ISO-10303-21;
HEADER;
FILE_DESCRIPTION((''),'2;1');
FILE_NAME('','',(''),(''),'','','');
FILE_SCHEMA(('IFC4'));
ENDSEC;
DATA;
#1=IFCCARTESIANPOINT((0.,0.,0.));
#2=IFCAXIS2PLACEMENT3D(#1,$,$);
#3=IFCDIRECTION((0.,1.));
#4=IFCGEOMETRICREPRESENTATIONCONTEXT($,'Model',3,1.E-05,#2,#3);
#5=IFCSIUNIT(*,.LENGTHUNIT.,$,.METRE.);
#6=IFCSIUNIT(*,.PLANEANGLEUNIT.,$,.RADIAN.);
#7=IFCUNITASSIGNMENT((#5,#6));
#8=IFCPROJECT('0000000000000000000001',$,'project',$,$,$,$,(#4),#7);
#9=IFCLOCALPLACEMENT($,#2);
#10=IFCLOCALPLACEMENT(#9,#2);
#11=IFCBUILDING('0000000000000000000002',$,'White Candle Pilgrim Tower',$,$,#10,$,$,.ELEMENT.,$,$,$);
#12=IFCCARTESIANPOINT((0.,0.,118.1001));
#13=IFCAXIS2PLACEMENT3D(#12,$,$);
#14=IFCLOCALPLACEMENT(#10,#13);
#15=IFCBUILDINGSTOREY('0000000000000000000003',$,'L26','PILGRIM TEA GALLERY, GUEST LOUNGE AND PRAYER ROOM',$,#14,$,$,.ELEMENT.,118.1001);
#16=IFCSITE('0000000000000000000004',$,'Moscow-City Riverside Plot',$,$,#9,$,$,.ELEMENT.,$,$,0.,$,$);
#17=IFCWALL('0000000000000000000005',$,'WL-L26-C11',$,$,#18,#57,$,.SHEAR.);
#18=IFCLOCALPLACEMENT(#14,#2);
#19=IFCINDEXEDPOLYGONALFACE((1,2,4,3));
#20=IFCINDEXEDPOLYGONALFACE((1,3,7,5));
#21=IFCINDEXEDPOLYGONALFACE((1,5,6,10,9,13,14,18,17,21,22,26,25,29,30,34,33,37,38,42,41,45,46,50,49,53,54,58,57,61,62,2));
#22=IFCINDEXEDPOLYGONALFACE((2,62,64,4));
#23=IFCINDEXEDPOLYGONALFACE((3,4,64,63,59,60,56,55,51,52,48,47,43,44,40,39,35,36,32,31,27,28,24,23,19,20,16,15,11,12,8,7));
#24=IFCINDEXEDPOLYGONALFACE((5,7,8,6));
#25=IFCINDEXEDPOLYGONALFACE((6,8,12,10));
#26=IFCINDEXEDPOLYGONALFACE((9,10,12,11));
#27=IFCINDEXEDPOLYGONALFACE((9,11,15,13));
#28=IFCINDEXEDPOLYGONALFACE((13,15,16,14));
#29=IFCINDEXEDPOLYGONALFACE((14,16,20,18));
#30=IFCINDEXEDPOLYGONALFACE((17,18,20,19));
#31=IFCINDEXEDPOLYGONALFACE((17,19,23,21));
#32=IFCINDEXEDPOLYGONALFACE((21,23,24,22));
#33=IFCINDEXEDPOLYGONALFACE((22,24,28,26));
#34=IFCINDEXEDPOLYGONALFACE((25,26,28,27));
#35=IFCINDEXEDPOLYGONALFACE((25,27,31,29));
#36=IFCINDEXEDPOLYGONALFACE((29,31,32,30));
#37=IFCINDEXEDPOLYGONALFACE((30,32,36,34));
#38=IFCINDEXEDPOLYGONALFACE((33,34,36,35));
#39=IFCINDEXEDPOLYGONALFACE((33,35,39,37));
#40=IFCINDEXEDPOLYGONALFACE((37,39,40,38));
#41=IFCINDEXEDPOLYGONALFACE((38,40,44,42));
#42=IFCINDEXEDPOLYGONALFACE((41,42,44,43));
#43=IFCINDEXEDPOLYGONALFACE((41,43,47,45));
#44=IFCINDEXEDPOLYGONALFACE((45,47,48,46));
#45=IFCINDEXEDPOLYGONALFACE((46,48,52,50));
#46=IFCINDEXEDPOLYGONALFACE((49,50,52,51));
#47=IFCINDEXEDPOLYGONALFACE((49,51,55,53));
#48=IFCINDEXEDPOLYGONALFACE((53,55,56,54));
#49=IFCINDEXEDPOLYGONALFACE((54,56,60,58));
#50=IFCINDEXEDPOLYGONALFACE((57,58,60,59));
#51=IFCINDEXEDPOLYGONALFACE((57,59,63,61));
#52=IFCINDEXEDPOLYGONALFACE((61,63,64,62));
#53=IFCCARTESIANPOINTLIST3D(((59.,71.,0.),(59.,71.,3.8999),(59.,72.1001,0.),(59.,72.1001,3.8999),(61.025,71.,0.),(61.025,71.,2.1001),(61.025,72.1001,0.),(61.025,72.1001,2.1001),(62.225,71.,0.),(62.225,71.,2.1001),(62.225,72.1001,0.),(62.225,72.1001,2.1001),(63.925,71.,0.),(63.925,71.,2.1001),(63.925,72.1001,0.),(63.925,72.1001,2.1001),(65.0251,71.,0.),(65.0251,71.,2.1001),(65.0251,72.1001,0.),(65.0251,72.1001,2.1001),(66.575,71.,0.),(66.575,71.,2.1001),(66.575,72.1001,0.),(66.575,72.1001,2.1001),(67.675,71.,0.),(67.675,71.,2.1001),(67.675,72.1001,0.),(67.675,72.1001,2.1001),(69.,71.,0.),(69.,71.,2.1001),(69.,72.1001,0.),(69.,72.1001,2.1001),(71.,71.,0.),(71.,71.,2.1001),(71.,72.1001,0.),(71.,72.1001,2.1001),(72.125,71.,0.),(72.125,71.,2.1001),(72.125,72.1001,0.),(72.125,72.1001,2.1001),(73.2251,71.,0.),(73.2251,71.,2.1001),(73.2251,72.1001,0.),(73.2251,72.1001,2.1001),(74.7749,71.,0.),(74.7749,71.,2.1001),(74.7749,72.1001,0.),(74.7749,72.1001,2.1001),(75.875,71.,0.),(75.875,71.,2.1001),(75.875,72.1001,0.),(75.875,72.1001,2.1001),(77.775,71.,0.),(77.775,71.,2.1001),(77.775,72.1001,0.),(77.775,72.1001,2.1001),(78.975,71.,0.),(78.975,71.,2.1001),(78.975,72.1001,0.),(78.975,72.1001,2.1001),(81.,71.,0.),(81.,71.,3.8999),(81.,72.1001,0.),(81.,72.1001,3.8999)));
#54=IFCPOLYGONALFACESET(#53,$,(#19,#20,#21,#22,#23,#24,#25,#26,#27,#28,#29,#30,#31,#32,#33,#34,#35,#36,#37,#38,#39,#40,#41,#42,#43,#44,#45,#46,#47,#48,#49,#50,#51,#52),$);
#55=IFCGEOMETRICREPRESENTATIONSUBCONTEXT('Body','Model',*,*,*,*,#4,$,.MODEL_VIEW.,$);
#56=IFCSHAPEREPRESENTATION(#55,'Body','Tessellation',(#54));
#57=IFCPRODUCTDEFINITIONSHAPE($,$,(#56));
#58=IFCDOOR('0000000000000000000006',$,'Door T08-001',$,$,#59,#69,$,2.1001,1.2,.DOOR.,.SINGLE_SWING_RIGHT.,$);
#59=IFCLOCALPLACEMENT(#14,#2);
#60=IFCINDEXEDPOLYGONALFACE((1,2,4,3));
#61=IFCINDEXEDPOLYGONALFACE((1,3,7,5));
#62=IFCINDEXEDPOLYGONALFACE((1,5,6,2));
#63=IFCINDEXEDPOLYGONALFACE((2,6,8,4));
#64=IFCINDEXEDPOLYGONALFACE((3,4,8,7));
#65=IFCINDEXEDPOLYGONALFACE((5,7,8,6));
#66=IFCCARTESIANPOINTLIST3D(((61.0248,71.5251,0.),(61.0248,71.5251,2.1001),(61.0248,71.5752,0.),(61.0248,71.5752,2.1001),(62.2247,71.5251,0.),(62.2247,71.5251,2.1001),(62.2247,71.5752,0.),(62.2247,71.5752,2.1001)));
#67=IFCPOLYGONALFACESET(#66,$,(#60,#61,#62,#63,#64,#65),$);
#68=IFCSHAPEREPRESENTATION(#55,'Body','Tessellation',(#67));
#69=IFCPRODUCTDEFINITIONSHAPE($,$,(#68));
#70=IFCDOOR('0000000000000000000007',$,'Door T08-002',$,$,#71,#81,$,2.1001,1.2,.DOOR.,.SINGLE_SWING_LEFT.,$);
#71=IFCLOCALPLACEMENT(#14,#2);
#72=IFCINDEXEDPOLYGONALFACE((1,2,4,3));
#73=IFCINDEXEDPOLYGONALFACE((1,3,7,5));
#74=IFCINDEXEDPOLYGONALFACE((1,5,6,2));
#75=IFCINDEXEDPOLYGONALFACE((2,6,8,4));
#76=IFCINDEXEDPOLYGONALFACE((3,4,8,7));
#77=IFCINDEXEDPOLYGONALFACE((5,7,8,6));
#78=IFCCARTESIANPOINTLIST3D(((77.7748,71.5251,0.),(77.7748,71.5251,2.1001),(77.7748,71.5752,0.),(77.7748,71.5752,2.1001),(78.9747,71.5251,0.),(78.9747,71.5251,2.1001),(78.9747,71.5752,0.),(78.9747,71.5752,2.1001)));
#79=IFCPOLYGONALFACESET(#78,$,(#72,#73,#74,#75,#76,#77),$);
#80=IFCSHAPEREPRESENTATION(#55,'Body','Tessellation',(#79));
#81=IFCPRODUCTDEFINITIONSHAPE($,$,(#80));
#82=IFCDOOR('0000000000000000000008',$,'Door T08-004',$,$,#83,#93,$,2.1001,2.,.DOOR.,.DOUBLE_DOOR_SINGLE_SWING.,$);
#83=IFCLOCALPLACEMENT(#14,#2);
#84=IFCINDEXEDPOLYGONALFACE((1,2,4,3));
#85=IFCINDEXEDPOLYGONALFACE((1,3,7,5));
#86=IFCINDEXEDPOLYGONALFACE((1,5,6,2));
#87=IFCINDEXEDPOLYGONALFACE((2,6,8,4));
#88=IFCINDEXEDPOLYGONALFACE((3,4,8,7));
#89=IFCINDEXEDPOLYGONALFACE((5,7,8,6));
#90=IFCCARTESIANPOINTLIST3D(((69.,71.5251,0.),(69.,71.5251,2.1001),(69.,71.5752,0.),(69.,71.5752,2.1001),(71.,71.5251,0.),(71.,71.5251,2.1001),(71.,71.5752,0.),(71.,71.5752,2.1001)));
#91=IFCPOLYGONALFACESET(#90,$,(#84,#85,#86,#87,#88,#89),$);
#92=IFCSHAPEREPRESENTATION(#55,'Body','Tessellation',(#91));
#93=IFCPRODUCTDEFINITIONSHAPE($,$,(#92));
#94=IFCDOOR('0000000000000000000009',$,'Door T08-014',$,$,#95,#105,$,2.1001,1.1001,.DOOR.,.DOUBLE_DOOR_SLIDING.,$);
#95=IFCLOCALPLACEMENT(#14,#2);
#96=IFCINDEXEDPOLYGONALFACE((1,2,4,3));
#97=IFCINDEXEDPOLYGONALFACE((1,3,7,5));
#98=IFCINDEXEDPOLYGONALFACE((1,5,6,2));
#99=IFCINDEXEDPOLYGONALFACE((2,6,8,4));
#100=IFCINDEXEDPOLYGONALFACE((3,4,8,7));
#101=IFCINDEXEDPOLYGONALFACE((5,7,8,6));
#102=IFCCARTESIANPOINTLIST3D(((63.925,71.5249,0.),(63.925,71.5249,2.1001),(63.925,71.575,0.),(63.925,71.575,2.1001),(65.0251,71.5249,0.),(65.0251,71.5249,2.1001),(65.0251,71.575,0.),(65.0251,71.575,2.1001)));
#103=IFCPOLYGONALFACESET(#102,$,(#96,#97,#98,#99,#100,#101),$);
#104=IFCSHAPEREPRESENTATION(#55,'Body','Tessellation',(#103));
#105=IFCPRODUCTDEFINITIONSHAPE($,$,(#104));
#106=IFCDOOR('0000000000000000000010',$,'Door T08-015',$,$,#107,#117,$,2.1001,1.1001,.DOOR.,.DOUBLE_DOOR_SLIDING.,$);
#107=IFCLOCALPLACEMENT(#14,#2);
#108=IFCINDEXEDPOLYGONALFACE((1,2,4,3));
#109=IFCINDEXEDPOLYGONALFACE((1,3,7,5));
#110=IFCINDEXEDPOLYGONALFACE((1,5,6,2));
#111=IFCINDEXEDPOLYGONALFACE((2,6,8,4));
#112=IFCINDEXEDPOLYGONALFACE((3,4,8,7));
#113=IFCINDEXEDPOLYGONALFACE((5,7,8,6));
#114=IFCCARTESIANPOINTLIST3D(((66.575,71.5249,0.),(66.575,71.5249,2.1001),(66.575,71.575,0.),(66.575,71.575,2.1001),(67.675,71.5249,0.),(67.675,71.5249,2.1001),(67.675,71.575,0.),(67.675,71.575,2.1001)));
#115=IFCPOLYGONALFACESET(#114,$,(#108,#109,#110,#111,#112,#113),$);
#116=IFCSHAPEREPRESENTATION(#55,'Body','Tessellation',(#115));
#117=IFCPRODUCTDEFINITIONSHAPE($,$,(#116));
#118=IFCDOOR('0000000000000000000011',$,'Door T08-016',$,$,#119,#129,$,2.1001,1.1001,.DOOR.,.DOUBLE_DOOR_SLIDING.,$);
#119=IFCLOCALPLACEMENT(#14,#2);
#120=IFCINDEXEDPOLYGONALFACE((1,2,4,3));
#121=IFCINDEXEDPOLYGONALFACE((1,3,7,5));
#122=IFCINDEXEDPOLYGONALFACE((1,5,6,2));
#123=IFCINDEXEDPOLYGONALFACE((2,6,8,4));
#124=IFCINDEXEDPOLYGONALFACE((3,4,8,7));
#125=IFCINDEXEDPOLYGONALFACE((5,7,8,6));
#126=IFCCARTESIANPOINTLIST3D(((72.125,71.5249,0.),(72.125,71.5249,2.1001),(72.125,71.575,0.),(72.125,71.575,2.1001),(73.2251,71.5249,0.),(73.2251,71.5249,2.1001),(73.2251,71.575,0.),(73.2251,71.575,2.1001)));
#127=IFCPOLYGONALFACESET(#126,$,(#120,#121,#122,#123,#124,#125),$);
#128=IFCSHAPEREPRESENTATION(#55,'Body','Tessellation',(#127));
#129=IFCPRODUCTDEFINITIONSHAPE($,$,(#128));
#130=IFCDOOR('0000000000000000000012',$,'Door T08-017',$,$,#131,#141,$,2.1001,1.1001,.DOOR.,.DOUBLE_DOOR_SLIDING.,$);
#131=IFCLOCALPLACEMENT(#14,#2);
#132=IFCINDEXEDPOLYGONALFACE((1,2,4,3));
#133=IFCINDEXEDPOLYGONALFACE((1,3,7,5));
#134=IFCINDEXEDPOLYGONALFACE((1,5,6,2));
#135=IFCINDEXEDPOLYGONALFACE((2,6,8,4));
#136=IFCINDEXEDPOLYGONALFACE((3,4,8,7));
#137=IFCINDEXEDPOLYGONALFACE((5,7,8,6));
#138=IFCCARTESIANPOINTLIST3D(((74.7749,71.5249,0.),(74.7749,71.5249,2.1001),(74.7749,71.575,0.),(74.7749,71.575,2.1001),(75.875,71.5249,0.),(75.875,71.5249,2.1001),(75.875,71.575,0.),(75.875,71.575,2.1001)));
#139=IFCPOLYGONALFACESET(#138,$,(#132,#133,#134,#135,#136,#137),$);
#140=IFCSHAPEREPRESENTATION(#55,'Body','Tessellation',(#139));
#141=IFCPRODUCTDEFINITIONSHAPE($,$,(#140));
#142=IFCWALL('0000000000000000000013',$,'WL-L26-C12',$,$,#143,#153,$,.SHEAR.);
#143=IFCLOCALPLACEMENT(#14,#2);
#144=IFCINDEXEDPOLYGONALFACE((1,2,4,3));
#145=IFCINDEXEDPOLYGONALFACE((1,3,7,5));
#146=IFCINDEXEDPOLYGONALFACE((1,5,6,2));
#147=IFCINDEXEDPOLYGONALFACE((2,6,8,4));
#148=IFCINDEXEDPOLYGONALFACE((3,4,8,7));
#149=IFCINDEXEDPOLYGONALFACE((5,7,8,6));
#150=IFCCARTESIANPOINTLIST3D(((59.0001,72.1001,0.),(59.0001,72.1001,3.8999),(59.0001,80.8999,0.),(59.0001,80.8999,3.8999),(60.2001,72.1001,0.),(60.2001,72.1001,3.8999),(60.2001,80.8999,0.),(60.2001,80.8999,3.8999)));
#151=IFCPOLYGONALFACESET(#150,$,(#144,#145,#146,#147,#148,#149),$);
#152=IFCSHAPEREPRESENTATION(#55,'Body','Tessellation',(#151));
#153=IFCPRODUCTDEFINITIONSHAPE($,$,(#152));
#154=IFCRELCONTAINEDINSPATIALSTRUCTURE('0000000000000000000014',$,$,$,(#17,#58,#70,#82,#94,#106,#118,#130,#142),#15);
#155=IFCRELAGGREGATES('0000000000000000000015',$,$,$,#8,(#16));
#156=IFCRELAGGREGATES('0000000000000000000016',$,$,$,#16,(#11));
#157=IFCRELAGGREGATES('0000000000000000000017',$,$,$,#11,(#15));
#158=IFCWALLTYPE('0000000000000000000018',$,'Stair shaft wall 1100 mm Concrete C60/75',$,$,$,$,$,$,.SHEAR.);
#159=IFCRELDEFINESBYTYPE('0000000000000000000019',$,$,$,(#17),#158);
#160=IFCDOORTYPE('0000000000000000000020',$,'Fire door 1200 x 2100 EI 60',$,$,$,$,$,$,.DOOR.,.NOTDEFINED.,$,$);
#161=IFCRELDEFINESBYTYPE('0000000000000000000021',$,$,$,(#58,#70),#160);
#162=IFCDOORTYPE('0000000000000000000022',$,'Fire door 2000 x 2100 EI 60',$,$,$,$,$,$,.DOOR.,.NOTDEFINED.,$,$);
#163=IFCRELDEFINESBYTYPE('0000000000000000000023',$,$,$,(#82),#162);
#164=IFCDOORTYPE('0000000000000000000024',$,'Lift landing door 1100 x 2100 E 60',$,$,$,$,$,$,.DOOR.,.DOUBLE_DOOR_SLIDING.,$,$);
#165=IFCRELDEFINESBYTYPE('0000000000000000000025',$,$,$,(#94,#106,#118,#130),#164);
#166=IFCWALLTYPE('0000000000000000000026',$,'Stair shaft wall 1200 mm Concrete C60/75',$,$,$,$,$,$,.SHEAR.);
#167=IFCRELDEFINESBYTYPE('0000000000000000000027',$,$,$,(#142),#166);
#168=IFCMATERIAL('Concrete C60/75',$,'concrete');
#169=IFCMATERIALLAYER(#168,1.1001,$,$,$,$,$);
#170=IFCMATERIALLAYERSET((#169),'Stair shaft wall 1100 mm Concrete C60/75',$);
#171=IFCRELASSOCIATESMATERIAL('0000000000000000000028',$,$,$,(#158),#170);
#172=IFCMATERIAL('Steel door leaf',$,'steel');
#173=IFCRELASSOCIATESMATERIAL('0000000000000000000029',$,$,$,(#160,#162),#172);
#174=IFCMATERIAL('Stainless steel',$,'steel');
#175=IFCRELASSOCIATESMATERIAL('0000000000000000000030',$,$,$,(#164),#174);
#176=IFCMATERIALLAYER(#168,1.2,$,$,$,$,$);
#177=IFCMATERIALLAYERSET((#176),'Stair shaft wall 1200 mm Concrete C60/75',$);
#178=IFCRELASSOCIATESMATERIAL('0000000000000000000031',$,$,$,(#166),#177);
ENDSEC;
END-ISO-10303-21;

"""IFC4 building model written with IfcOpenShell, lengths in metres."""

from ifc_helpers import new_model, si_unit, direction, frame, frame_2d, origin, place, context, subcontext, project, spatial, rectangle, extrude, material, layer, layer_set, type_object, element, fill, save


model = new_model("IFC4")

# Units and contexts
model_context = context("Model", 3, precision=1e-05, world=origin(), true_north=direction((0.0, 1.0)))
body_context = subcontext(model_context, "Body", "Model", "MODEL_VIEW")
ifc_project = project(units=[si_unit("LENGTHUNIT", "METRE"), si_unit("PLANEANGLEUNIT", "RADIAN")], contexts=[model_context])

# Site, building, storey
site_placement = place(None, origin())
site = spatial("IfcSite", under=ifc_project, at=site_placement, Name="Moscow-City Riverside Plot", CompositionType="ELEMENT", RefElevation=0.0)
building_placement = place(site_placement, origin())
building = spatial("IfcBuilding", under=site, at=building_placement, Name="White Candle Pilgrim Tower", CompositionType="ELEMENT")
storey_placement = place(building_placement, frame((0.0, 0.0, 118.1001)))
storey = spatial("IfcBuildingStorey", under=building, at=storey_placement, Name="L26", Description="PILGRIM TEA GALLERY, GUEST LOUNGE AND PRAYER ROOM", CompositionType="ELEMENT", Elevation=118.1001)

# Shared definitions
ifc_material_1 = material(Name="Steel door leaf", Category="steel")

# Shared definitions
ifc_material_2 = material(Name="Concrete C60/75", Category="concrete")

# Wall, openings, doors
ifc_layer_1 = layer(ifc_material_2, 1.1001)
ifc_layer_set_1 = layer_set([ifc_layer_1], Name="Stair shaft wall 1100 mm Concrete C60/75")
wall_type_1 = type_object("IfcWallType", Name="Stair shaft wall 1100 mm Concrete C60/75", PredefinedType="SHEAR", material=ifc_layer_set_1)
wall_1_placement = place(storey_placement, frame((59.0, 71.55, 0.0), z_axis=(0.0, 0.0, 1.0), x_axis=(1.0, 0.0, 0.0)))
wall_1 = element("IfcWall", 1, at=wall_1_placement, inside=storey, type_object=wall_type_1, Name="WL-L26-C11", PredefinedType="SHEAR", context=body_context, shape_type="SweptSolid", body=[
    extrude(rectangle(XDim=22.0, YDim=1.1001, at=frame_2d((11.0, 0.0))), origin(), (0.0, 0.0, 1.0), 3.8999),
])
opening_1_placement = place(wall_1_placement, frame((2.0249, 0.0, 0.0)))
opening_1 = element("IfcOpeningElement", 2, at=opening_1_placement, cuts=wall_1, PredefinedType="OPENING", context=body_context, shape_type="SweptSolid", body=[
    extrude(rectangle(XDim=1.2, YDim=2.1001, at=frame_2d((0.6001, 1.05))), frame((0.0, 0.5601, 0.0), z_axis=(0.0, -1.0, 0.0), x_axis=(1.0, 0.0, 0.0)), (0.0, 0.0, 1.0), 1.1201),
])
opening_2_placement = place(wall_1_placement, frame((18.7749, 0.0, 0.0)))
opening_2 = element("IfcOpeningElement", 3, at=opening_2_placement, cuts=wall_1, PredefinedType="OPENING", context=body_context, shape_type="SweptSolid", body=[
    extrude(rectangle(XDim=1.2, YDim=2.1001, at=frame_2d((0.6001, 1.05))), frame((0.0, 0.5601, 0.0), z_axis=(0.0, -1.0, 0.0), x_axis=(1.0, 0.0, 0.0)), (0.0, 0.0, 1.0), 1.1201),
])
opening_3_placement = place(wall_1_placement, frame((10.0, 0.0, 0.0)))
opening_3 = element("IfcOpeningElement", 4, at=opening_3_placement, cuts=wall_1, PredefinedType="OPENING", context=body_context, shape_type="SweptSolid", body=[
    extrude(rectangle(XDim=2.0, YDim=2.1001, at=frame_2d((1.0, 1.05))), frame((0.0, 0.5601, 0.0), z_axis=(0.0, -1.0, 0.0), x_axis=(1.0, 0.0, 0.0)), (0.0, 0.0, 1.0), 1.1201),
])
opening_4_placement = place(wall_1_placement, frame((4.925, 0.0, 0.0)))
opening_4 = element("IfcOpeningElement", 5, at=opening_4_placement, cuts=wall_1, PredefinedType="OPENING", context=body_context, shape_type="SweptSolid", body=[
    extrude(rectangle(XDim=1.1001, YDim=2.1001, at=frame_2d((0.55, 1.05))), frame((0.0, 0.5601, 0.0), z_axis=(0.0, -1.0, 0.0), x_axis=(1.0, 0.0, 0.0)), (0.0, 0.0, 1.0), 1.1201),
])
opening_5_placement = place(wall_1_placement, frame((7.575, 0.0, 0.0)))
opening_5 = element("IfcOpeningElement", 6, at=opening_5_placement, cuts=wall_1, PredefinedType="OPENING", context=body_context, shape_type="SweptSolid", body=[
    extrude(rectangle(XDim=1.1001, YDim=2.1001, at=frame_2d((0.55, 1.05))), frame((0.0, 0.5601, 0.0), z_axis=(0.0, -1.0, 0.0), x_axis=(1.0, 0.0, 0.0)), (0.0, 0.0, 1.0), 1.1201),
])
opening_6_placement = place(wall_1_placement, frame((13.125, 0.0, 0.0)))
opening_6 = element("IfcOpeningElement", 7, at=opening_6_placement, cuts=wall_1, PredefinedType="OPENING", context=body_context, shape_type="SweptSolid", body=[
    extrude(rectangle(XDim=1.1001, YDim=2.1001, at=frame_2d((0.55, 1.05))), frame((0.0, 0.5601, 0.0), z_axis=(0.0, -1.0, 0.0), x_axis=(1.0, 0.0, 0.0)), (0.0, 0.0, 1.0), 1.1201),
])
opening_7_placement = place(wall_1_placement, frame((15.7749, 0.0, 0.0)))
opening_7 = element("IfcOpeningElement", 8, at=opening_7_placement, cuts=wall_1, PredefinedType="OPENING", context=body_context, shape_type="SweptSolid", body=[
    extrude(rectangle(XDim=1.1001, YDim=2.1001, at=frame_2d((0.55, 1.05))), frame((0.0, 0.5601, 0.0), z_axis=(0.0, -1.0, 0.0), x_axis=(1.0, 0.0, 0.0)), (0.0, 0.0, 1.0), 1.1201),
])
door_type_1 = type_object("IfcDoorType", Name="Fire door 1200 x 2100 EI 60", OperationType="NOTDEFINED", PredefinedType="DOOR", material=ifc_material_1)
door_1_placement = place(opening_1_placement, frame((1.2, 0.0, 0.0), z_axis=(0.0, 0.0, 1.0), x_axis=(-1.0, 0.0, 0.0)))
door_1 = element("IfcDoor", 9, at=door_1_placement, inside=storey, type_object=door_type_1, Name="Door T08-001", OperationType="SINGLE_SWING_RIGHT", OverallHeight=2.1001, OverallWidth=1.2, PredefinedType="DOOR", context=body_context, shape_type="SweptSolid", body=[
    extrude(rectangle(XDim=1.2, YDim=2.1001, at=frame_2d((0.6001, 1.05))), frame((0.0, 0.0249, 0.0), z_axis=(0.0, -1.0, 0.0), x_axis=(1.0, 0.0, 0.0)), (0.0, 0.0, 1.0), 0.05),
])
fill(opening_1, door_1)
door_2_placement = place(opening_2_placement, frame((1.2, 0.0, 0.0), z_axis=(0.0, 0.0, 1.0), x_axis=(-1.0, 0.0, 0.0)))
door_2 = element("IfcDoor", 10, at=door_2_placement, inside=storey, type_object=door_type_1, Name="Door T08-002", OperationType="SINGLE_SWING_LEFT", OverallHeight=2.1001, OverallWidth=1.2, PredefinedType="DOOR", context=body_context, shape_type="SweptSolid", body=[
    extrude(rectangle(XDim=1.2, YDim=2.1001, at=frame_2d((0.6001, 1.05))), frame((0.0, 0.0249, 0.0), z_axis=(0.0, -1.0, 0.0), x_axis=(1.0, 0.0, 0.0)), (0.0, 0.0, 1.0), 0.05),
])
fill(opening_2, door_2)
door_type_2 = type_object("IfcDoorType", Name="Fire door 2000 x 2100 EI 60", OperationType="NOTDEFINED", PredefinedType="DOOR", material=ifc_material_1)
door_3_placement = place(opening_3_placement, frame((2.0, 0.0, 0.0), z_axis=(0.0, 0.0, 1.0), x_axis=(-1.0, 0.0, 0.0)))
door_3 = element("IfcDoor", 11, at=door_3_placement, inside=storey, type_object=door_type_2, Name="Door T08-004", OperationType="DOUBLE_DOOR_SINGLE_SWING", OverallHeight=2.1001, OverallWidth=2.0, PredefinedType="DOOR", context=body_context, shape_type="SweptSolid", body=[
    extrude(rectangle(XDim=2.0, YDim=2.1001, at=frame_2d((1.0, 1.05))), frame((0.0, 0.0249, 0.0), z_axis=(0.0, -1.0, 0.0), x_axis=(1.0, 0.0, 0.0)), (0.0, 0.0, 1.0), 0.05),
])
fill(opening_3, door_3)
ifc_material_3 = material(Name="Stainless steel", Category="steel")
door_type_3 = type_object("IfcDoorType", Name="Lift landing door 1100 x 2100 E 60", OperationType="DOUBLE_DOOR_SLIDING", PredefinedType="DOOR", material=ifc_material_3)
door_4_placement = place(opening_4_placement, origin())
door_4 = element("IfcDoor", 12, at=door_4_placement, inside=storey, type_object=door_type_3, Name="Door T08-014", OperationType="DOUBLE_DOOR_SLIDING", OverallHeight=2.1001, OverallWidth=1.1001, PredefinedType="DOOR", context=body_context, shape_type="SweptSolid", body=[
    extrude(rectangle(XDim=1.1001, YDim=2.1001, at=frame_2d((0.55, 1.05))), frame((0.0, 0.0249, 0.0), z_axis=(0.0, -1.0, 0.0), x_axis=(1.0, 0.0, 0.0)), (0.0, 0.0, 1.0), 0.05),
])
fill(opening_4, door_4)
door_5_placement = place(opening_5_placement, origin())
door_5 = element("IfcDoor", 13, at=door_5_placement, inside=storey, type_object=door_type_3, Name="Door T08-015", OperationType="DOUBLE_DOOR_SLIDING", OverallHeight=2.1001, OverallWidth=1.1001, PredefinedType="DOOR", context=body_context, shape_type="SweptSolid", body=[
    extrude(rectangle(XDim=1.1001, YDim=2.1001, at=frame_2d((0.55, 1.05))), frame((0.0, 0.0249, 0.0), z_axis=(0.0, -1.0, 0.0), x_axis=(1.0, 0.0, 0.0)), (0.0, 0.0, 1.0), 0.05),
])
fill(opening_5, door_5)
door_6_placement = place(opening_6_placement, origin())
door_6 = element("IfcDoor", 14, at=door_6_placement, inside=storey, type_object=door_type_3, Name="Door T08-016", OperationType="DOUBLE_DOOR_SLIDING", OverallHeight=2.1001, OverallWidth=1.1001, PredefinedType="DOOR", context=body_context, shape_type="SweptSolid", body=[
    extrude(rectangle(XDim=1.1001, YDim=2.1001, at=frame_2d((0.55, 1.05))), frame((0.0, 0.0249, 0.0), z_axis=(0.0, -1.0, 0.0), x_axis=(1.0, 0.0, 0.0)), (0.0, 0.0, 1.0), 0.05),
])
fill(opening_6, door_6)
door_7_placement = place(opening_7_placement, origin())
door_7 = element("IfcDoor", 15, at=door_7_placement, inside=storey, type_object=door_type_3, Name="Door T08-017", OperationType="DOUBLE_DOOR_SLIDING", OverallHeight=2.1001, OverallWidth=1.1001, PredefinedType="DOOR", context=body_context, shape_type="SweptSolid", body=[
    extrude(rectangle(XDim=1.1001, YDim=2.1001, at=frame_2d((0.55, 1.05))), frame((0.0, 0.0249, 0.0), z_axis=(0.0, -1.0, 0.0), x_axis=(1.0, 0.0, 0.0)), (0.0, 0.0, 1.0), 0.05),
])
fill(opening_7, door_7)

# Wall
ifc_layer_2 = layer(ifc_material_2, 1.2)
ifc_layer_set_2 = layer_set([ifc_layer_2], Name="Stair shaft wall 1200 mm Concrete C60/75")
wall_type_2 = type_object("IfcWallType", Name="Stair shaft wall 1200 mm Concrete C60/75", PredefinedType="SHEAR", material=ifc_layer_set_2)
wall_2_placement = place(storey_placement, frame((59.6001, 72.1001, 0.0), z_axis=(0.0, 0.0, 1.0), x_axis=(0.0, 1.0, 0.0)))
element("IfcWall", 16, at=wall_2_placement, inside=storey, type_object=wall_type_2, Name="WL-L26-C12", PredefinedType="SHEAR", context=body_context, shape_type="SweptSolid", body=[
    extrude(rectangle(XDim=8.7998, YDim=1.2, at=frame_2d((4.3999, 0.0))), origin(), (0.0, 0.0, 1.0), 3.8999),
])

save(model, "model.ifc")
